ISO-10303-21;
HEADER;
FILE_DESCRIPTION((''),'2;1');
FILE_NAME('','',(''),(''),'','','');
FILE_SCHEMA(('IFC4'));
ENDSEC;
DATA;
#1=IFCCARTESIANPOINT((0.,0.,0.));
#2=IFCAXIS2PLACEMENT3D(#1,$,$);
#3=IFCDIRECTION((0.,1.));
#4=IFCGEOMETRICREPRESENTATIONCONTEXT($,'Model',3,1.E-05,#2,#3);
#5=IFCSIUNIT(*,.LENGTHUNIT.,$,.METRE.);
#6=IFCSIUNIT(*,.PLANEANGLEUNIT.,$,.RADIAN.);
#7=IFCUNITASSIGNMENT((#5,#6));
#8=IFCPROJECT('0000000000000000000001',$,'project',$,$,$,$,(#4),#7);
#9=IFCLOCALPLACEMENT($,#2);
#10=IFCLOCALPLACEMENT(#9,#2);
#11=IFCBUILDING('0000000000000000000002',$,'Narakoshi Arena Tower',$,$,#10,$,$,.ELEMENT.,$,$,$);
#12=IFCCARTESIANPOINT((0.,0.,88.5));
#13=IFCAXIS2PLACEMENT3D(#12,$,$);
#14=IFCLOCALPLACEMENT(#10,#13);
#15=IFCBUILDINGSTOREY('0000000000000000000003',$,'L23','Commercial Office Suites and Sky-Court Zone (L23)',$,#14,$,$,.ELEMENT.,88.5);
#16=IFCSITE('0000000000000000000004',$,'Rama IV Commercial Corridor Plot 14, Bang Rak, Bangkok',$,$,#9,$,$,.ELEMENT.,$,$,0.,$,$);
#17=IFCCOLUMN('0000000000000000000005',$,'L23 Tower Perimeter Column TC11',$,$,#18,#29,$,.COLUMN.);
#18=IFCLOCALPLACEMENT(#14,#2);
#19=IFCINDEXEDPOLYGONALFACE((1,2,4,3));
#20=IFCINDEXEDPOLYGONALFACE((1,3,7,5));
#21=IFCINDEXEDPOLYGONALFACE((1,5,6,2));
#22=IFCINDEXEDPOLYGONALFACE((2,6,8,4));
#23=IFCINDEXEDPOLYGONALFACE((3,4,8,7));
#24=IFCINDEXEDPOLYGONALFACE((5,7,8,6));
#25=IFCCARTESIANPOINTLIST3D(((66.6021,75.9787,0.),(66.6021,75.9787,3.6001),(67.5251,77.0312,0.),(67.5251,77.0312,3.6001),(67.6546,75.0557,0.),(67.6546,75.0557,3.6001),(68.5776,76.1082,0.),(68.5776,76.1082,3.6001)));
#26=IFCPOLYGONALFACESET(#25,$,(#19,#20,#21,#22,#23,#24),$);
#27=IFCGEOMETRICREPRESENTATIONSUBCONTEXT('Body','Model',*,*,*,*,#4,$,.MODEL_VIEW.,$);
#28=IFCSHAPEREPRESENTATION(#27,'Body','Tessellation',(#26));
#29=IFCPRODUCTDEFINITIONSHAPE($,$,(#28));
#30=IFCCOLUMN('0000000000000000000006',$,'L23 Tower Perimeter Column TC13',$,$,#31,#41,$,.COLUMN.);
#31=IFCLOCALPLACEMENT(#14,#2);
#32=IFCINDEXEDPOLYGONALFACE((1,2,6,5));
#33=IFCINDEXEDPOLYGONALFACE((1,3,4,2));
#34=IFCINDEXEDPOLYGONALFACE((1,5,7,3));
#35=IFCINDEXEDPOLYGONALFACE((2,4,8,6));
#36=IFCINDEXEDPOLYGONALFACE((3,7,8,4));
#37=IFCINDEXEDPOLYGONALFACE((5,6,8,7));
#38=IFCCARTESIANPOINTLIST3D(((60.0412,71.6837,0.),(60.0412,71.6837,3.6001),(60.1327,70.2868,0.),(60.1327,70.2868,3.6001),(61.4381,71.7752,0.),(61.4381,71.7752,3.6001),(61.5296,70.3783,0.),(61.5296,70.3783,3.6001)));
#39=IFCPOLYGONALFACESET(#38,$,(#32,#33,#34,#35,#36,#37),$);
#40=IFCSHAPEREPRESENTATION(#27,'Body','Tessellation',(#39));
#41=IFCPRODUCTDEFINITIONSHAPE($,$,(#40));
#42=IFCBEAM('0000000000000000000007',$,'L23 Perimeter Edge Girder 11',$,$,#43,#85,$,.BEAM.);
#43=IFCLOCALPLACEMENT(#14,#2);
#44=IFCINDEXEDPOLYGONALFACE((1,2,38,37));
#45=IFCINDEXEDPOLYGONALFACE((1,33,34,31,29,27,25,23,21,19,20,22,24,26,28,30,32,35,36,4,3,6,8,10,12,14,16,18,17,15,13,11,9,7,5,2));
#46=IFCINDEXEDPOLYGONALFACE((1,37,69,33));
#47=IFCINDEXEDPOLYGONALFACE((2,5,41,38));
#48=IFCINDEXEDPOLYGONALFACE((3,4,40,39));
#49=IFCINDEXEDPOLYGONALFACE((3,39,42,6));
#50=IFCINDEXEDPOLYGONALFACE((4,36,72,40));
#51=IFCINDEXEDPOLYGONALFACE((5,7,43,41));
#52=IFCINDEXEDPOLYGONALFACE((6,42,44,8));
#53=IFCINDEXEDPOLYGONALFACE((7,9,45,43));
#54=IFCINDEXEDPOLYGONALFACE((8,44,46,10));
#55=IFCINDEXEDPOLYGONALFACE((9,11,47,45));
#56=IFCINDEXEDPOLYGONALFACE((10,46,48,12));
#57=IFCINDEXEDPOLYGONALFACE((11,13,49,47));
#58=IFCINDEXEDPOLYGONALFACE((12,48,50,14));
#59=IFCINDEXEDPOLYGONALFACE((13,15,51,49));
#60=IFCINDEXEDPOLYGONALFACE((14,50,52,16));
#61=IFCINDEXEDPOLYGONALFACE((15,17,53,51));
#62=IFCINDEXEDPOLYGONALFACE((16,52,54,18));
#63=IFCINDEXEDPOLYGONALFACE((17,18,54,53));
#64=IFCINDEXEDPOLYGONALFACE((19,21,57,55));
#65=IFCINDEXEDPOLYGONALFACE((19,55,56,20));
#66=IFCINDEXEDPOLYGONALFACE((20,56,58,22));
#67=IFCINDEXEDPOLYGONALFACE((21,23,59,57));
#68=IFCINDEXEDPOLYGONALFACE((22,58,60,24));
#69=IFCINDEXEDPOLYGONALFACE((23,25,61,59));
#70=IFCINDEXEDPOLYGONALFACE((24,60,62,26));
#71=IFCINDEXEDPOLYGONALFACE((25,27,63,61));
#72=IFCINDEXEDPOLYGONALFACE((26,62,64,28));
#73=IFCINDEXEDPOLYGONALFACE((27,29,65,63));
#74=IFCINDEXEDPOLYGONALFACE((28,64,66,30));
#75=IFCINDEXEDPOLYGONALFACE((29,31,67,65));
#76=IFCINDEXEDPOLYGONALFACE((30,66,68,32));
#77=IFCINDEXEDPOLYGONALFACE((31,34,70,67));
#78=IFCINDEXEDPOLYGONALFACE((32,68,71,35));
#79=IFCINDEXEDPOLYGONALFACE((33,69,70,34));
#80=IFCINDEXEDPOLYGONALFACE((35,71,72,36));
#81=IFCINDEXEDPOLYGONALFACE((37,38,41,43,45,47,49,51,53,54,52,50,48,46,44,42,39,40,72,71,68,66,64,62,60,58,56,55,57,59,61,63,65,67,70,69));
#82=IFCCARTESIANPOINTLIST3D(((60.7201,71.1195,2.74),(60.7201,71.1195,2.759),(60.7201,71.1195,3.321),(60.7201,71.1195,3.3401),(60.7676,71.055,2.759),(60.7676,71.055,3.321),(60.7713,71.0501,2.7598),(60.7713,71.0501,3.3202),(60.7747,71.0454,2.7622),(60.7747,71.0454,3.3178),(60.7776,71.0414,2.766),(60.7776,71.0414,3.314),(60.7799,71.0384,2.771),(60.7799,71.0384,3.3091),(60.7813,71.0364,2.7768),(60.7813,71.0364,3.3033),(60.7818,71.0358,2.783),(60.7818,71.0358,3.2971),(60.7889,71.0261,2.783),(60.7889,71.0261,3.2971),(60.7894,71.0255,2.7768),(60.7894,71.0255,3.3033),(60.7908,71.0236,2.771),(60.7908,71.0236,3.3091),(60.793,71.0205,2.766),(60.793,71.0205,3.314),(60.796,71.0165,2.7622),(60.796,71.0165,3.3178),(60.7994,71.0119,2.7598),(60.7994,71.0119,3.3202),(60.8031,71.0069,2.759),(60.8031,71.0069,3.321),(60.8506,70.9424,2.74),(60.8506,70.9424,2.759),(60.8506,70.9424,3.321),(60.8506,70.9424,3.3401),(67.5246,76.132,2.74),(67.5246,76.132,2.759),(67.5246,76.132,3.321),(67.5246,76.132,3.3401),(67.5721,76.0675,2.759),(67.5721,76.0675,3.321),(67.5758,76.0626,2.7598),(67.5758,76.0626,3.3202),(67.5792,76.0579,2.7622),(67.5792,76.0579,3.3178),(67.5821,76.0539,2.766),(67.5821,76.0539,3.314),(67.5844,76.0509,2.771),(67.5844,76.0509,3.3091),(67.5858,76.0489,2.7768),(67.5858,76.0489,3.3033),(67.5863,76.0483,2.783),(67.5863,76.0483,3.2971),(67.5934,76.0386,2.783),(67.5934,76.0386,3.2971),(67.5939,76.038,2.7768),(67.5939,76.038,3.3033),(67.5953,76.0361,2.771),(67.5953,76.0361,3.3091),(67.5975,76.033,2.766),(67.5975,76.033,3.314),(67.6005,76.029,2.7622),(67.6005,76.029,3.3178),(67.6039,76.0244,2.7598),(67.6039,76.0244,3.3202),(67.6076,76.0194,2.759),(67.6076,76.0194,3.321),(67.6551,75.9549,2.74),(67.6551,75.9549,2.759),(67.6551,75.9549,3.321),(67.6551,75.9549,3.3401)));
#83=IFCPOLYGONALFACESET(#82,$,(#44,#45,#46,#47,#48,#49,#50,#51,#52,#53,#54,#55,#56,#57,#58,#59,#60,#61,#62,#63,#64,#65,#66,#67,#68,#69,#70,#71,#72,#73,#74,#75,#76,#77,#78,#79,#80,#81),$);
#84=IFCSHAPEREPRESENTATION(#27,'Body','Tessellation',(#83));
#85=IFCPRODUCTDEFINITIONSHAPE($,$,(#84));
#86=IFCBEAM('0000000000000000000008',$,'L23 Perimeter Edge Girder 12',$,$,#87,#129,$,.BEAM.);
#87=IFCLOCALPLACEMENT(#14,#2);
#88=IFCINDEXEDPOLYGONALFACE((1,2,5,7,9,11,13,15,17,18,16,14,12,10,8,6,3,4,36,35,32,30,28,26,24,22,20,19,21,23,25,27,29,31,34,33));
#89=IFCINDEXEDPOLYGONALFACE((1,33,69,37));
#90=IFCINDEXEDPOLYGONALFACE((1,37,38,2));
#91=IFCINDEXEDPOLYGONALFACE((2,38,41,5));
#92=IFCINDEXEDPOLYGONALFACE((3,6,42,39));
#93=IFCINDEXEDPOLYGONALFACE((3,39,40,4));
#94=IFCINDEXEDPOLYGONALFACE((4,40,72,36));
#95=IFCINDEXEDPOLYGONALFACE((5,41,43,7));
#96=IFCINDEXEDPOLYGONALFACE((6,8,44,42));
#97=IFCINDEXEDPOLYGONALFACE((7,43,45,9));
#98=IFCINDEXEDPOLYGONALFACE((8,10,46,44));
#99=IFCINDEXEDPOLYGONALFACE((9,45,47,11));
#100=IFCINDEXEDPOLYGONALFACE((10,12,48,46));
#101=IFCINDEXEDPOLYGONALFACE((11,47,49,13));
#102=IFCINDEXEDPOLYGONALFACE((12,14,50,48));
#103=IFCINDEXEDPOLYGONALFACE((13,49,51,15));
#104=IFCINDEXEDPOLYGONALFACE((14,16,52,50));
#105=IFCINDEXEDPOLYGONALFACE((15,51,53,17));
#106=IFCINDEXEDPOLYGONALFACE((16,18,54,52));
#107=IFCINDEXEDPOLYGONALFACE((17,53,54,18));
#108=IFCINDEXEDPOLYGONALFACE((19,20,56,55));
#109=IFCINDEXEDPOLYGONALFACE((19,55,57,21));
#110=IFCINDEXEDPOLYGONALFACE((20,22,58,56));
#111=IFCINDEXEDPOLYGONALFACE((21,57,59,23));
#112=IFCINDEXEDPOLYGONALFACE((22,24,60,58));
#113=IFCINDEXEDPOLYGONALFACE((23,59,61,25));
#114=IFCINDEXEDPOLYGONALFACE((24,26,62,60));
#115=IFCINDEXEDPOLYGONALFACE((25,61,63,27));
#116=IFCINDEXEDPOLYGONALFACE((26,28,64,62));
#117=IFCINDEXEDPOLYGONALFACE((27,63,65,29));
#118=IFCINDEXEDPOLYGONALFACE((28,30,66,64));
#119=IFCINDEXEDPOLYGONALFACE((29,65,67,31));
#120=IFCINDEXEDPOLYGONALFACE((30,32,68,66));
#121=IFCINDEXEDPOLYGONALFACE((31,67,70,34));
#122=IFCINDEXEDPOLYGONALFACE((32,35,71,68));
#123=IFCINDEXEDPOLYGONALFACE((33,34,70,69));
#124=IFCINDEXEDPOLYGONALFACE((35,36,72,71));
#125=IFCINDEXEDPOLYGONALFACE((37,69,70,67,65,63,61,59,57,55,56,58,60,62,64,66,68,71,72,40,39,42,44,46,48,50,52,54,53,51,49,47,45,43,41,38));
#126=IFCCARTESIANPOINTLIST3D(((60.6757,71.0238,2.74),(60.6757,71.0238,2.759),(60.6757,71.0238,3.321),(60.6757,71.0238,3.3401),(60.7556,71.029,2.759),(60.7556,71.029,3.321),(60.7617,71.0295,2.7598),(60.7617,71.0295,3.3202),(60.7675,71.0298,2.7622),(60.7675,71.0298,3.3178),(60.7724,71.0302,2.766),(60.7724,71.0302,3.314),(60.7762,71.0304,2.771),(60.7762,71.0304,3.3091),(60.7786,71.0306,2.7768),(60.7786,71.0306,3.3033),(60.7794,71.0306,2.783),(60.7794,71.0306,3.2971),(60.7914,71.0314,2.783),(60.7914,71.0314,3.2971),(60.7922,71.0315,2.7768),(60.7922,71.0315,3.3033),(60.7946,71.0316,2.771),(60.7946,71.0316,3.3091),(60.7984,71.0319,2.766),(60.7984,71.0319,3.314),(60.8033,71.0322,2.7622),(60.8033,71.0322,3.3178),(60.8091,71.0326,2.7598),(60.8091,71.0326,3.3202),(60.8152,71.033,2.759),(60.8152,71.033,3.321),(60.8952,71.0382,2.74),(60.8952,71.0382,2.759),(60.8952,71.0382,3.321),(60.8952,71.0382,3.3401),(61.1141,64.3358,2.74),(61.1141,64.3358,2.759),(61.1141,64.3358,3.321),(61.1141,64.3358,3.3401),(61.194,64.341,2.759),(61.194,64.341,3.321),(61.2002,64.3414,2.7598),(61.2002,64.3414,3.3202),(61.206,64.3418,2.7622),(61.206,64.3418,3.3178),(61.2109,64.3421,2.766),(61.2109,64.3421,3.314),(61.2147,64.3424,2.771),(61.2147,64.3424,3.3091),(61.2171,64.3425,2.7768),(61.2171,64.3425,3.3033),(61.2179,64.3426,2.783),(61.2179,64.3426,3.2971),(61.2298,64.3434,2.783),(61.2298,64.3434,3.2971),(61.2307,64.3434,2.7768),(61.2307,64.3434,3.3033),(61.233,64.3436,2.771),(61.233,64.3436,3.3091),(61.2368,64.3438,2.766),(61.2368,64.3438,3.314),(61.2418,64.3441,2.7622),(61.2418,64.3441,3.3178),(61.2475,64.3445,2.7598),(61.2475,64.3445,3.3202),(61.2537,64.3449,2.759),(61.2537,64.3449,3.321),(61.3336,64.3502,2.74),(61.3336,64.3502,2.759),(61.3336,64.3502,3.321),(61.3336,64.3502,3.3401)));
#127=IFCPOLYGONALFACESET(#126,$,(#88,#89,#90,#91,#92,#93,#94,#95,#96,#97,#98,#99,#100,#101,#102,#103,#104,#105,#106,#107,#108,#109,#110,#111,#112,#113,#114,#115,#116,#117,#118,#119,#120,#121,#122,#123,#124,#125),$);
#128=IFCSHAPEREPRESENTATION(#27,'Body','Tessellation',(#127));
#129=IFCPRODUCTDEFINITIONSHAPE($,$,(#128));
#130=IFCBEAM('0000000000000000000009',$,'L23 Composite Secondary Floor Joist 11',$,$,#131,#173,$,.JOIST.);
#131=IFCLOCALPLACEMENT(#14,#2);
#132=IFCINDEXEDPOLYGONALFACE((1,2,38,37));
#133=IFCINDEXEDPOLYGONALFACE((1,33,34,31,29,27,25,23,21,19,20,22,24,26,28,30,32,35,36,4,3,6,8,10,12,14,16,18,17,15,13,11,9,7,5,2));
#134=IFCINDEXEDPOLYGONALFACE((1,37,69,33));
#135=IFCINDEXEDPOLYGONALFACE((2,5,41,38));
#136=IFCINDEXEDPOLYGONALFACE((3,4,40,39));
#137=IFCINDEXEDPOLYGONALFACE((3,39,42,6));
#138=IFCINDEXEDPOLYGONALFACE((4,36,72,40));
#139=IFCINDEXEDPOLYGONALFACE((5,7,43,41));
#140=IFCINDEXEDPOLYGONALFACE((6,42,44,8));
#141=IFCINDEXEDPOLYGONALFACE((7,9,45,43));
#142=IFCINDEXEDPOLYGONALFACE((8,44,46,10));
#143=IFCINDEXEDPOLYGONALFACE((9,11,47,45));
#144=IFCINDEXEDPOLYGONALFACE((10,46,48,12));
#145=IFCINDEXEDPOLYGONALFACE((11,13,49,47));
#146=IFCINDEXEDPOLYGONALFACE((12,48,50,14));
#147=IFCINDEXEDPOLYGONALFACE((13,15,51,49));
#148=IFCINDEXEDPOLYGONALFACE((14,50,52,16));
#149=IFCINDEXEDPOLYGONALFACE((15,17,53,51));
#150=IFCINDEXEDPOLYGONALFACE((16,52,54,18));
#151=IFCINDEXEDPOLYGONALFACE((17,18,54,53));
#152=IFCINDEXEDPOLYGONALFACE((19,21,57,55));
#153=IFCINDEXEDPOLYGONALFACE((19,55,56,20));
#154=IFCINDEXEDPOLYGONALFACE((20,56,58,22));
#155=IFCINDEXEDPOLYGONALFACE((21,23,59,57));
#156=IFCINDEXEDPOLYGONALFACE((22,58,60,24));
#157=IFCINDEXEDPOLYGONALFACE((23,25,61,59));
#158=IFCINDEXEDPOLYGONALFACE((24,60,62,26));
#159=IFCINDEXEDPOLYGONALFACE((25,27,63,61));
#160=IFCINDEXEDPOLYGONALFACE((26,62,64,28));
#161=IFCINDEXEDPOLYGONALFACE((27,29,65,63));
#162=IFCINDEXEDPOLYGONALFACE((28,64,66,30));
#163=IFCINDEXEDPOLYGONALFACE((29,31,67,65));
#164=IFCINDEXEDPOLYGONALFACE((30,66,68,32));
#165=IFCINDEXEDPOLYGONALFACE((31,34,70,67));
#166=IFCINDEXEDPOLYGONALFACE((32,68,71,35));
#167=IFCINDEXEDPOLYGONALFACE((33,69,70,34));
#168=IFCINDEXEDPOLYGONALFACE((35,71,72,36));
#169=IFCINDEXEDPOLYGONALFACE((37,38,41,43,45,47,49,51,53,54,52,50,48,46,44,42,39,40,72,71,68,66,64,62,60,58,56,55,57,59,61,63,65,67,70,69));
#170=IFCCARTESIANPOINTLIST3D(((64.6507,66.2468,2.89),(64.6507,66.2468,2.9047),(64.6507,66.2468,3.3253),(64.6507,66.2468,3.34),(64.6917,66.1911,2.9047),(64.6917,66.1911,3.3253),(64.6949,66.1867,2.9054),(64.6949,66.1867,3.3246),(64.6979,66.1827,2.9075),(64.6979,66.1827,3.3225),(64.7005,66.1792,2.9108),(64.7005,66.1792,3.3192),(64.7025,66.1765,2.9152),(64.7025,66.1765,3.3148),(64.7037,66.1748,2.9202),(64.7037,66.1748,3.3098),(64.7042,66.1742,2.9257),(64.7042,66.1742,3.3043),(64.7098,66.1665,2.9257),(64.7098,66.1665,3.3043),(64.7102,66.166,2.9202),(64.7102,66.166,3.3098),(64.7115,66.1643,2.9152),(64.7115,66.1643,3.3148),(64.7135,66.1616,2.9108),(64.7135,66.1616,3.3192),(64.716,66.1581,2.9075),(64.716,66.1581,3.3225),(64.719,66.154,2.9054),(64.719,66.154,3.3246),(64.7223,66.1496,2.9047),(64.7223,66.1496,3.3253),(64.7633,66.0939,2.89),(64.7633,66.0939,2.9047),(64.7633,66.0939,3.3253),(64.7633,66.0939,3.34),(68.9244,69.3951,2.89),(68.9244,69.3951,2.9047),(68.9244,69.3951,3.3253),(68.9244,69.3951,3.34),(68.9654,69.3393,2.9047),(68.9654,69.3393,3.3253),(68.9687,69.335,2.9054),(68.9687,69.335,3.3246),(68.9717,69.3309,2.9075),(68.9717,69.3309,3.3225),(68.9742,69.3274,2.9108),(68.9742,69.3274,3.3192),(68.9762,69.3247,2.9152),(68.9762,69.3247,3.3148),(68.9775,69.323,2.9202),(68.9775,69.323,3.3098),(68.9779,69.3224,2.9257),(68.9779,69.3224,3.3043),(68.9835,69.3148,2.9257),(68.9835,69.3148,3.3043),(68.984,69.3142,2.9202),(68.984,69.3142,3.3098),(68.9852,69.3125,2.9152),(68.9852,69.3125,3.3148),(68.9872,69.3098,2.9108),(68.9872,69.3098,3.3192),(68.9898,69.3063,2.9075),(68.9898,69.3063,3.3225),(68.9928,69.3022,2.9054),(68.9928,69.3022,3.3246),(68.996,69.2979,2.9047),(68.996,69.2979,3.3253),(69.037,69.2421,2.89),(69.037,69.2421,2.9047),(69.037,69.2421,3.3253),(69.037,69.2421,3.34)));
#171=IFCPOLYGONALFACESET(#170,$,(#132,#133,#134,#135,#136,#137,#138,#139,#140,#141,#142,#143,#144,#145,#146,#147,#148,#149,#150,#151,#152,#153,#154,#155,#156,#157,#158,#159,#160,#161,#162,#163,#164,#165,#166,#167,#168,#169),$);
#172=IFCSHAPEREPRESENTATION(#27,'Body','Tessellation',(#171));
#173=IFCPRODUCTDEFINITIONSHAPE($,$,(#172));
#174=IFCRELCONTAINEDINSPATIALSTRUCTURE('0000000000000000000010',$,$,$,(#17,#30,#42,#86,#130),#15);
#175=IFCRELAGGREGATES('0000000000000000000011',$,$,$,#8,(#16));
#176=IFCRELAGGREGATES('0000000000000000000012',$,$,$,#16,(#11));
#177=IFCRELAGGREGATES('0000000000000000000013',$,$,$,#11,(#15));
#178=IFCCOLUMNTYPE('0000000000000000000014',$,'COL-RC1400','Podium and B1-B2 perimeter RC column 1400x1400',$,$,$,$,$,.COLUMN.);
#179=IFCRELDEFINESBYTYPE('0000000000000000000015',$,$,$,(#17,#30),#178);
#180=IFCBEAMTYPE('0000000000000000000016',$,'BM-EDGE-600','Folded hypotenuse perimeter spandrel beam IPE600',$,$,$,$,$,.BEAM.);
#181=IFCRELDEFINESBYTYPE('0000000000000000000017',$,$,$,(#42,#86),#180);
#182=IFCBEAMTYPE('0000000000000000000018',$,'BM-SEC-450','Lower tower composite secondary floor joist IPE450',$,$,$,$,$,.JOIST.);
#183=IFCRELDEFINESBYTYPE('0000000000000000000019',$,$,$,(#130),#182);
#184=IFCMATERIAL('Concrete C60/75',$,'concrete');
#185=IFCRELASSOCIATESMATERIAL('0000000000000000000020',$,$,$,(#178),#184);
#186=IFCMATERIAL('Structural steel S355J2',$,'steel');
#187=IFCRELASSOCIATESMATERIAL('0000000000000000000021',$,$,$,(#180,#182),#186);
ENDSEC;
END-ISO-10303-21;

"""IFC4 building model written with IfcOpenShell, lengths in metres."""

from ifc_helpers import new_model, si_unit, direction, frame, origin, origin_2d, place, context, subcontext, project, spatial, rectangle, i_section, extrude, material, material_profile, profile_set, type_object, element, save


model = new_model("IFC4")

# Units and contexts
model_context = context("Model", 3, precision=1e-05, world=origin(), true_north=direction((0.0, 1.0)))
body_context = subcontext(model_context, "Body", "Model", "MODEL_VIEW")
ifc_project = project(units=[si_unit("LENGTHUNIT", "METRE"), si_unit("PLANEANGLEUNIT", "RADIAN")], contexts=[model_context])

# Site, building, storey
site_placement = place(None, origin())
site = spatial("IfcSite", under=ifc_project, at=site_placement, Name="Rama IV Commercial Corridor Plot 14, Bang Rak, Bangkok", CompositionType="ELEMENT", RefElevation=0.0)
building_placement = place(site_placement, origin())
building = spatial("IfcBuilding", under=site, at=building_placement, Name="Narakoshi Arena Tower", CompositionType="ELEMENT")
storey_placement = place(building_placement, frame((0.0, 0.0, 88.5)))
storey = spatial("IfcBuildingStorey", under=building, at=storey_placement, Name="L23", Description="Commercial Office Suites and Sky-Court Zone (L23)", CompositionType="ELEMENT", Elevation=88.5)

# Columns
ifc_material_1 = material(Name="Concrete C60/75", Category="concrete")
ifc_material_profile_1 = material_profile(ifc_material_1, rectangle(XDim=1.3999, YDim=1.3999, at=origin_2d()), Name="RC1400x1400")
ifc_profile_set_1 = profile_set([ifc_material_profile_1], Name="Concrete C60/75")
column_type = type_object("IfcColumnType", Name="COL-RC1400", Description="Podium and B1-B2 perimeter RC column 1400x1400", PredefinedType="COLUMN", material=ifc_profile_set_1)
for number, where, z_axis, x_axis, name in (
    (1, (67.5898, 76.0435, 0.0), (0.0, 0.0, 1.0), (0.659346, 0.75184, 0.0), "L23 Tower Perimeter Column TC11"),
    (2, (60.7854, 71.031, 0.0), (0.0, 0.0, 1.0), (-0.065403, 0.997859, 0.0), "L23 Tower Perimeter Column TC13"),
):
    element("IfcColumn", number, at=place(storey_placement, frame(where, z_axis=z_axis, x_axis=x_axis)), inside=storey, type_object=column_type, Name=name, PredefinedType="COLUMN", context=body_context, shape_type="SweptSolid", body=[
        extrude(rectangle(XDim=1.3999, YDim=1.3999, at=origin_2d()), origin(), (0.0, 0.0, 1.0), 3.6001),
    ])

# Beams
ifc_material_2 = material(Name="Structural steel S355J2", Category="steel")
ifc_material_profile_2 = material_profile(ifc_material_2, i_section(OverallWidth=0.22, OverallDepth=0.6001, WebThickness=0.012, FlangeThickness=0.019, FilletRadius=0.0239, at=origin_2d()), Name="IPE600")
ifc_profile_set_2 = profile_set([ifc_material_profile_2], Name="Structural steel S355J2")
beam_type_1 = type_object("IfcBeamType", Name="BM-EDGE-600", Description="Folded hypotenuse perimeter spandrel beam IPE600", PredefinedType="BEAM", material=ifc_profile_set_2)
beam_1_placement = place(storey_placement, frame((67.5898, 76.0435, 3.04), z_axis=(-0.805132, -0.593096, 0.0), x_axis=(0.593096, -0.805132, 0.0)))
element("IfcBeam", 3, at=beam_1_placement, inside=storey, type_object=beam_type_1, Name="L23 Perimeter Edge Girder 11", PredefinedType="BEAM", context=body_context, shape_type="SweptSolid", body=[
    extrude(i_section(OverallWidth=0.22, OverallDepth=0.6001, WebThickness=0.012, FlangeThickness=0.019, FilletRadius=0.0239, at=origin_2d()), origin(), (0.0, 0.0, 1.0), 8.4514),
])
beam_2_placement = place(storey_placement, frame((60.7854, 71.031, 3.04), z_axis=(0.065421, -0.997858, 0.0), x_axis=(0.997858, 0.065421, 0.0)))
element("IfcBeam", 4, at=beam_2_placement, inside=storey, type_object=beam_type_1, Name="L23 Perimeter Edge Girder 12", PredefinedType="BEAM", context=body_context, shape_type="SweptSolid", body=[
    extrude(i_section(OverallWidth=0.22, OverallDepth=0.6001, WebThickness=0.012, FlangeThickness=0.019, FilletRadius=0.0239, at=origin_2d()), origin(), (0.0, 0.0, 1.0), 6.7024),
])
ifc_material_profile_3 = material_profile(ifc_material_2, i_section(OverallWidth=0.1899, OverallDepth=0.45, WebThickness=0.0095, FlangeThickness=0.0146, FilletRadius=0.021, at=origin_2d()), Name="IPE450")
ifc_profile_set_3 = profile_set([ifc_material_profile_3], Name="Structural steel S355J2")
beam_type_2 = type_object("IfcBeamType", Name="BM-SEC-450", Description="Lower tower composite secondary floor joist IPE450", PredefinedType="JOIST", material=ifc_profile_set_3)
beam_3_placement = place(storey_placement, frame((68.9807, 69.3186, 3.115), z_axis=(-0.805131, -0.593097, 0.0), x_axis=(0.593097, -0.805131, 0.0)))
element("IfcBeam", 5, at=beam_3_placement, inside=storey, type_object=beam_type_2, Name="L23 Composite Secondary Floor Joist 11", PredefinedType="JOIST", context=body_context, shape_type="SweptSolid", body=[
    extrude(i_section(OverallWidth=0.1899, OverallDepth=0.45, WebThickness=0.0095, FlangeThickness=0.0146, FilletRadius=0.021, at=origin_2d()), origin(), (0.0, 0.0, 1.0), 5.3081),
])

save(model, "model.ifc")
